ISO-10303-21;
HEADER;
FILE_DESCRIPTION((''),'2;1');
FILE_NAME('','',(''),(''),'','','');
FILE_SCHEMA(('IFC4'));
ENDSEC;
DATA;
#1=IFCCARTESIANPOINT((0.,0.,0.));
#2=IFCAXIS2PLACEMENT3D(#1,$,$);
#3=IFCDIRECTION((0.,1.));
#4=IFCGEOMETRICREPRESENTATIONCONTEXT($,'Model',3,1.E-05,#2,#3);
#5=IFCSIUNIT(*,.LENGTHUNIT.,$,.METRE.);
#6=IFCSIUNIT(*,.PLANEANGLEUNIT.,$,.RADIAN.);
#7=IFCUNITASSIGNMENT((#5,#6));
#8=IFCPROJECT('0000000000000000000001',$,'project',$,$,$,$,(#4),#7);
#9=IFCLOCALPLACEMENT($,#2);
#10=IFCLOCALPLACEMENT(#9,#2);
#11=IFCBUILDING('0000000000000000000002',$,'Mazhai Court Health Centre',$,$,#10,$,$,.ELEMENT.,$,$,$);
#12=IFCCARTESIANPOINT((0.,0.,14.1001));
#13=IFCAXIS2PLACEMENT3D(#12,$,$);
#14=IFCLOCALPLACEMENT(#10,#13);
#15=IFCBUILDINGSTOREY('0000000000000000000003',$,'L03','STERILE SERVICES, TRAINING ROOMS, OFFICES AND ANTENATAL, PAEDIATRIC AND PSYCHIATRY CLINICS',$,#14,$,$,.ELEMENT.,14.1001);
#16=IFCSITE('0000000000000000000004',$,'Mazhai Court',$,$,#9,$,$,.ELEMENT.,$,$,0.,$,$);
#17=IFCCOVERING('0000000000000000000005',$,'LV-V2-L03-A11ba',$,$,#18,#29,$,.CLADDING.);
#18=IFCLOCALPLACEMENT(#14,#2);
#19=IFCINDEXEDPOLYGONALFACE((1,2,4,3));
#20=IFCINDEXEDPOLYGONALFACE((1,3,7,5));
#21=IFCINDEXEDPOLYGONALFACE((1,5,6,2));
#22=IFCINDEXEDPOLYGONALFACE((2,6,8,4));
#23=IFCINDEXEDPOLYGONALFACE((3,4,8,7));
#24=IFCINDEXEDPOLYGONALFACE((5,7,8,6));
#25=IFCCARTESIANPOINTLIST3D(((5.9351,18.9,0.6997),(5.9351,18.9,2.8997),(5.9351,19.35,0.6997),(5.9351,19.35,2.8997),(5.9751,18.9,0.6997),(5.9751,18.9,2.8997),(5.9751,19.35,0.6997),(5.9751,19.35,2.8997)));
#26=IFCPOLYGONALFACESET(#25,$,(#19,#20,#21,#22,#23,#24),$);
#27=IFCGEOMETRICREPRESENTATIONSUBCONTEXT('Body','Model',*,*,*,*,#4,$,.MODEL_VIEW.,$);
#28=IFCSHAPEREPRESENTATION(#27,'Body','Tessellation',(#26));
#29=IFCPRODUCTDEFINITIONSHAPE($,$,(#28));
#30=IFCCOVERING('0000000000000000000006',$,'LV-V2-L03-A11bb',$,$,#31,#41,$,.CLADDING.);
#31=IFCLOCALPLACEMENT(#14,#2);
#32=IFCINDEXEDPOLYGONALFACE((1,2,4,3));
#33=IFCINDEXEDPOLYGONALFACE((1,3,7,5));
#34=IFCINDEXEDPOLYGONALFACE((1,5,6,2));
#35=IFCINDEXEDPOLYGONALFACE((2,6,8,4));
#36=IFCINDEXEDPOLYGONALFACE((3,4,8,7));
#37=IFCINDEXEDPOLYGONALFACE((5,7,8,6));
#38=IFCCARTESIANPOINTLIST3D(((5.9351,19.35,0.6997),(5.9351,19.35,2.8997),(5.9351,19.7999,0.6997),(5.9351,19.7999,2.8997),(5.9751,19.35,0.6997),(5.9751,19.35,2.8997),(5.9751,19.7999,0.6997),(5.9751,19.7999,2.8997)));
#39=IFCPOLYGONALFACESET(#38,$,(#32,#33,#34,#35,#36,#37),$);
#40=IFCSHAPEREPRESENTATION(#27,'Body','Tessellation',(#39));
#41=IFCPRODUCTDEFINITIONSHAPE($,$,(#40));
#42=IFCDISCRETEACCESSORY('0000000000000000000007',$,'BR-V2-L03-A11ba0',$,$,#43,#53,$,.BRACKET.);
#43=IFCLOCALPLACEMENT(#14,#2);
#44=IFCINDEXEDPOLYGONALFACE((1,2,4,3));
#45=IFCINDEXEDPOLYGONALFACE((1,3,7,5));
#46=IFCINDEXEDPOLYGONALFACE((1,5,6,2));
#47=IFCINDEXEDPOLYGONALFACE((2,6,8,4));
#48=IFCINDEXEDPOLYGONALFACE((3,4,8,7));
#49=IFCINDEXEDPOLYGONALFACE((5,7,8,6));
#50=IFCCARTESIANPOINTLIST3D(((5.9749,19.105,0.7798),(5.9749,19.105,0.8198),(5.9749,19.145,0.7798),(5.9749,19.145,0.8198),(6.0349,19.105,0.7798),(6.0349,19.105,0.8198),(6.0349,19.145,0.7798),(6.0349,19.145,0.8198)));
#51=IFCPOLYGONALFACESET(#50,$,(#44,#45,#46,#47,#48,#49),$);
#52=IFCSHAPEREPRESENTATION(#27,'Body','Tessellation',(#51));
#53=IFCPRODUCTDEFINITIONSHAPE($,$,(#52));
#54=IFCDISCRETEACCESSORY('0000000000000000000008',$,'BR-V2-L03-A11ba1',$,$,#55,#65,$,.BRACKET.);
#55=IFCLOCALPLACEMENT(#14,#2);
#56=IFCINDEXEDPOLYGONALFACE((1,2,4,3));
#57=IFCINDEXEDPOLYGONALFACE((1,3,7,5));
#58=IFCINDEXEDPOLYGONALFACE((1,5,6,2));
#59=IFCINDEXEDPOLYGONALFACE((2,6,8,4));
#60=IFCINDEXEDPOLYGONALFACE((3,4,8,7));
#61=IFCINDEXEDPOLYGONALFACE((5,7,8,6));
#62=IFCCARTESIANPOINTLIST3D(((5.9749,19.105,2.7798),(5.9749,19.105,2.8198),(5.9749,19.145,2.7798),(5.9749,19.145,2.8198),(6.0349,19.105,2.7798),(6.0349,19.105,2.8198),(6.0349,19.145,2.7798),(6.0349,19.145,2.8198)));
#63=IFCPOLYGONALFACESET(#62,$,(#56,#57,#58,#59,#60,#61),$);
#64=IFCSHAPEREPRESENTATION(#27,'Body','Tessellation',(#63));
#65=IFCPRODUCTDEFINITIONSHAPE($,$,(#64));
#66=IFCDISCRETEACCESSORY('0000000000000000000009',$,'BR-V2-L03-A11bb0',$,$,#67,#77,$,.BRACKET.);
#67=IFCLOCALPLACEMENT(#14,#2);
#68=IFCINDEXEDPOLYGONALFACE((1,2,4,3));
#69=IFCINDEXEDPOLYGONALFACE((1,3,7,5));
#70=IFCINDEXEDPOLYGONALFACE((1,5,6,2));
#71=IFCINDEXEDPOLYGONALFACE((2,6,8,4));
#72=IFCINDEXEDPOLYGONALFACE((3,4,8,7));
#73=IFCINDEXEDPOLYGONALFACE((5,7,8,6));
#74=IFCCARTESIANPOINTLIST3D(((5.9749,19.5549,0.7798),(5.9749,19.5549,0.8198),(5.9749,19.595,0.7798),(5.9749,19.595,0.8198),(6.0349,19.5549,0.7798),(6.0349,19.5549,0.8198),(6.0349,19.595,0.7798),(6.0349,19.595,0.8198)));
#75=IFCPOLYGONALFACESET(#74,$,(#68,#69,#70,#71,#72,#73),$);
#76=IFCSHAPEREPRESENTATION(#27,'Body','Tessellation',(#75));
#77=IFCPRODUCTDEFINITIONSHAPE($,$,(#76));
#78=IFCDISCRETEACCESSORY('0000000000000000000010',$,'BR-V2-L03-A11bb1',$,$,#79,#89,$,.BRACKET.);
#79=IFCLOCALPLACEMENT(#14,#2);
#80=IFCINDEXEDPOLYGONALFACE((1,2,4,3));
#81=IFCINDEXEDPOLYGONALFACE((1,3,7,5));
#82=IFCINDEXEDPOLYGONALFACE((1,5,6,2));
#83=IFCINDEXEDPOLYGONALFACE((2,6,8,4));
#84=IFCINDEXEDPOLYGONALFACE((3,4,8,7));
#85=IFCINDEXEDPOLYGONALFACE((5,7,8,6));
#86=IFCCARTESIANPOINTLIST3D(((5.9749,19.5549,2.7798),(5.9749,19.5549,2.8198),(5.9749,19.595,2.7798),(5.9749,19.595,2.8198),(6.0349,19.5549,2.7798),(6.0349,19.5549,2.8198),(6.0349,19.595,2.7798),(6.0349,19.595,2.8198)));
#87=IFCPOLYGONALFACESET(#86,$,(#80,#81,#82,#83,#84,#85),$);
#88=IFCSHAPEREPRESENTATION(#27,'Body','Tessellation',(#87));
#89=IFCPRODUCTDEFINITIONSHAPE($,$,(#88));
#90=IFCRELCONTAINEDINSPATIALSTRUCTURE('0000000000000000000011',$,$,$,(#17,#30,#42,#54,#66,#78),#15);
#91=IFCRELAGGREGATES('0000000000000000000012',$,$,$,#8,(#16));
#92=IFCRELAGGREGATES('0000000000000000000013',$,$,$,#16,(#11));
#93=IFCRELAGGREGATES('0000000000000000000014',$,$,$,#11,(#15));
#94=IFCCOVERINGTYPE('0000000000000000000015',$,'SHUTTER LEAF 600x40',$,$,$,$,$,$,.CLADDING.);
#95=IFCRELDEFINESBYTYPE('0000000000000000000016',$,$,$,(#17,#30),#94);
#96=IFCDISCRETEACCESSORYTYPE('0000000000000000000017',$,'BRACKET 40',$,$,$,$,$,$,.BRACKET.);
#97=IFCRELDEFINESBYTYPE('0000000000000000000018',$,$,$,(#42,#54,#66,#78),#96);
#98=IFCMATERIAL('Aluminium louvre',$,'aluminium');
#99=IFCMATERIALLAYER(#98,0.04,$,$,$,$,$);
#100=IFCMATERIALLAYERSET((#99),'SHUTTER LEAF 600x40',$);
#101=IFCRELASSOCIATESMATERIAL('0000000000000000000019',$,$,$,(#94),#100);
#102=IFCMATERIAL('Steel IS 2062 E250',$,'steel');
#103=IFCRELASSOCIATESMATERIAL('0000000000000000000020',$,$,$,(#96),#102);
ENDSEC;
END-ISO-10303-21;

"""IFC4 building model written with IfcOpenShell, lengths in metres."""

from ifc_helpers import new_model, si_unit, direction, frame, origin, origin_2d, place, context, subcontext, project, spatial, rectangle, extrude, material, layer, layer_set, type_object, element, save


model = new_model("IFC4")

# Units and contexts
model_context = context("Model", 3, precision=1e-05, world=origin(), true_north=direction((0.0, 1.0)))
body_context = subcontext(model_context, "Body", "Model", "MODEL_VIEW")
ifc_project = project(units=[si_unit("LENGTHUNIT", "METRE"), si_unit("PLANEANGLEUNIT", "RADIAN")], contexts=[model_context])

# Site, building, storey
site_placement = place(None, origin())
site = spatial("IfcSite", under=ifc_project, at=site_placement, Name="Mazhai Court", CompositionType="ELEMENT", RefElevation=0.0)
building_placement = place(site_placement, origin())
building = spatial("IfcBuilding", under=site, at=building_placement, Name="Mazhai Court Health Centre", CompositionType="ELEMENT")
storey_placement = place(building_placement, frame((0.0, 0.0, 14.1001)))
storey = spatial("IfcBuildingStorey", under=building, at=storey_placement, Name="L03", Description="STERILE SERVICES, TRAINING ROOMS, OFFICES AND ANTENATAL, PAEDIATRIC AND PSYCHIATRY CLINICS", CompositionType="ELEMENT", Elevation=14.1001)

# Coverings
ifc_material_1 = material(Name="Aluminium louvre", Category="aluminium")
ifc_layer_1 = layer(ifc_material_1, 0.04)
ifc_layer_set_1 = layer_set([ifc_layer_1], Name="SHUTTER LEAF 600x40")
covering_type = type_object("IfcCoveringType", Name="SHUTTER LEAF 600x40", PredefinedType="CLADDING", material=ifc_layer_set_1)
for number, where, z_axis, x_axis, name in (
    (1, (5.9551, 19.125, 0.6997), (0.0, 0.0, 1.0), (0.0, 1.0, 0.0), "LV-V2-L03-A11ba"),
    (2, (5.9551, 19.575, 0.6997), (0.0, 0.0, 1.0), (0.0, 1.0, 0.0), "LV-V2-L03-A11bb"),
):
    element("IfcCovering", number, at=place(storey_placement, frame(where, z_axis=z_axis, x_axis=x_axis)), inside=storey, type_object=covering_type, Name=name, PredefinedType="CLADDING", context=body_context, shape_type="SweptSolid", body=[
        extrude(rectangle(XDim=0.45, YDim=0.04, at=origin_2d()), origin(), (0.0, 0.0, 1.0), 2.2),
    ])

# Discrete accessories
ifc_material_2 = material(Name="Steel IS 2062 E250", Category="steel")
discrete_accessory_type = type_object("IfcDiscreteAccessoryType", Name="BRACKET 40", PredefinedType="BRACKET", material=ifc_material_2)
for number, where, z_axis, x_axis, name in (
    (3, (6.0049, 19.125, 0.7798), (0.0, 0.0, 1.0), (0.0, 1.0, 0.0), "BR-V2-L03-A11ba0"),
    (4, (6.0049, 19.125, 2.7798), (0.0, 0.0, 1.0), (0.0, 1.0, 0.0), "BR-V2-L03-A11ba1"),
    (5, (6.0049, 19.575, 0.7798), (0.0, 0.0, 1.0), (0.0, 1.0, 0.0), "BR-V2-L03-A11bb0"),
    (6, (6.0049, 19.575, 2.7798), (0.0, 0.0, 1.0), (0.0, 1.0, 0.0), "BR-V2-L03-A11bb1"),
):
    element("IfcDiscreteAccessory", number, at=place(storey_placement, frame(where, z_axis=z_axis, x_axis=x_axis)), inside=storey, type_object=discrete_accessory_type, Name=name, PredefinedType="BRACKET", context=body_context, shape_type="SweptSolid", body=[
        extrude(rectangle(XDim=0.04, YDim=0.0601, at=origin_2d()), origin(), (0.0, 0.0, 1.0), 0.04),
    ])

save(model, "model.ifc")
